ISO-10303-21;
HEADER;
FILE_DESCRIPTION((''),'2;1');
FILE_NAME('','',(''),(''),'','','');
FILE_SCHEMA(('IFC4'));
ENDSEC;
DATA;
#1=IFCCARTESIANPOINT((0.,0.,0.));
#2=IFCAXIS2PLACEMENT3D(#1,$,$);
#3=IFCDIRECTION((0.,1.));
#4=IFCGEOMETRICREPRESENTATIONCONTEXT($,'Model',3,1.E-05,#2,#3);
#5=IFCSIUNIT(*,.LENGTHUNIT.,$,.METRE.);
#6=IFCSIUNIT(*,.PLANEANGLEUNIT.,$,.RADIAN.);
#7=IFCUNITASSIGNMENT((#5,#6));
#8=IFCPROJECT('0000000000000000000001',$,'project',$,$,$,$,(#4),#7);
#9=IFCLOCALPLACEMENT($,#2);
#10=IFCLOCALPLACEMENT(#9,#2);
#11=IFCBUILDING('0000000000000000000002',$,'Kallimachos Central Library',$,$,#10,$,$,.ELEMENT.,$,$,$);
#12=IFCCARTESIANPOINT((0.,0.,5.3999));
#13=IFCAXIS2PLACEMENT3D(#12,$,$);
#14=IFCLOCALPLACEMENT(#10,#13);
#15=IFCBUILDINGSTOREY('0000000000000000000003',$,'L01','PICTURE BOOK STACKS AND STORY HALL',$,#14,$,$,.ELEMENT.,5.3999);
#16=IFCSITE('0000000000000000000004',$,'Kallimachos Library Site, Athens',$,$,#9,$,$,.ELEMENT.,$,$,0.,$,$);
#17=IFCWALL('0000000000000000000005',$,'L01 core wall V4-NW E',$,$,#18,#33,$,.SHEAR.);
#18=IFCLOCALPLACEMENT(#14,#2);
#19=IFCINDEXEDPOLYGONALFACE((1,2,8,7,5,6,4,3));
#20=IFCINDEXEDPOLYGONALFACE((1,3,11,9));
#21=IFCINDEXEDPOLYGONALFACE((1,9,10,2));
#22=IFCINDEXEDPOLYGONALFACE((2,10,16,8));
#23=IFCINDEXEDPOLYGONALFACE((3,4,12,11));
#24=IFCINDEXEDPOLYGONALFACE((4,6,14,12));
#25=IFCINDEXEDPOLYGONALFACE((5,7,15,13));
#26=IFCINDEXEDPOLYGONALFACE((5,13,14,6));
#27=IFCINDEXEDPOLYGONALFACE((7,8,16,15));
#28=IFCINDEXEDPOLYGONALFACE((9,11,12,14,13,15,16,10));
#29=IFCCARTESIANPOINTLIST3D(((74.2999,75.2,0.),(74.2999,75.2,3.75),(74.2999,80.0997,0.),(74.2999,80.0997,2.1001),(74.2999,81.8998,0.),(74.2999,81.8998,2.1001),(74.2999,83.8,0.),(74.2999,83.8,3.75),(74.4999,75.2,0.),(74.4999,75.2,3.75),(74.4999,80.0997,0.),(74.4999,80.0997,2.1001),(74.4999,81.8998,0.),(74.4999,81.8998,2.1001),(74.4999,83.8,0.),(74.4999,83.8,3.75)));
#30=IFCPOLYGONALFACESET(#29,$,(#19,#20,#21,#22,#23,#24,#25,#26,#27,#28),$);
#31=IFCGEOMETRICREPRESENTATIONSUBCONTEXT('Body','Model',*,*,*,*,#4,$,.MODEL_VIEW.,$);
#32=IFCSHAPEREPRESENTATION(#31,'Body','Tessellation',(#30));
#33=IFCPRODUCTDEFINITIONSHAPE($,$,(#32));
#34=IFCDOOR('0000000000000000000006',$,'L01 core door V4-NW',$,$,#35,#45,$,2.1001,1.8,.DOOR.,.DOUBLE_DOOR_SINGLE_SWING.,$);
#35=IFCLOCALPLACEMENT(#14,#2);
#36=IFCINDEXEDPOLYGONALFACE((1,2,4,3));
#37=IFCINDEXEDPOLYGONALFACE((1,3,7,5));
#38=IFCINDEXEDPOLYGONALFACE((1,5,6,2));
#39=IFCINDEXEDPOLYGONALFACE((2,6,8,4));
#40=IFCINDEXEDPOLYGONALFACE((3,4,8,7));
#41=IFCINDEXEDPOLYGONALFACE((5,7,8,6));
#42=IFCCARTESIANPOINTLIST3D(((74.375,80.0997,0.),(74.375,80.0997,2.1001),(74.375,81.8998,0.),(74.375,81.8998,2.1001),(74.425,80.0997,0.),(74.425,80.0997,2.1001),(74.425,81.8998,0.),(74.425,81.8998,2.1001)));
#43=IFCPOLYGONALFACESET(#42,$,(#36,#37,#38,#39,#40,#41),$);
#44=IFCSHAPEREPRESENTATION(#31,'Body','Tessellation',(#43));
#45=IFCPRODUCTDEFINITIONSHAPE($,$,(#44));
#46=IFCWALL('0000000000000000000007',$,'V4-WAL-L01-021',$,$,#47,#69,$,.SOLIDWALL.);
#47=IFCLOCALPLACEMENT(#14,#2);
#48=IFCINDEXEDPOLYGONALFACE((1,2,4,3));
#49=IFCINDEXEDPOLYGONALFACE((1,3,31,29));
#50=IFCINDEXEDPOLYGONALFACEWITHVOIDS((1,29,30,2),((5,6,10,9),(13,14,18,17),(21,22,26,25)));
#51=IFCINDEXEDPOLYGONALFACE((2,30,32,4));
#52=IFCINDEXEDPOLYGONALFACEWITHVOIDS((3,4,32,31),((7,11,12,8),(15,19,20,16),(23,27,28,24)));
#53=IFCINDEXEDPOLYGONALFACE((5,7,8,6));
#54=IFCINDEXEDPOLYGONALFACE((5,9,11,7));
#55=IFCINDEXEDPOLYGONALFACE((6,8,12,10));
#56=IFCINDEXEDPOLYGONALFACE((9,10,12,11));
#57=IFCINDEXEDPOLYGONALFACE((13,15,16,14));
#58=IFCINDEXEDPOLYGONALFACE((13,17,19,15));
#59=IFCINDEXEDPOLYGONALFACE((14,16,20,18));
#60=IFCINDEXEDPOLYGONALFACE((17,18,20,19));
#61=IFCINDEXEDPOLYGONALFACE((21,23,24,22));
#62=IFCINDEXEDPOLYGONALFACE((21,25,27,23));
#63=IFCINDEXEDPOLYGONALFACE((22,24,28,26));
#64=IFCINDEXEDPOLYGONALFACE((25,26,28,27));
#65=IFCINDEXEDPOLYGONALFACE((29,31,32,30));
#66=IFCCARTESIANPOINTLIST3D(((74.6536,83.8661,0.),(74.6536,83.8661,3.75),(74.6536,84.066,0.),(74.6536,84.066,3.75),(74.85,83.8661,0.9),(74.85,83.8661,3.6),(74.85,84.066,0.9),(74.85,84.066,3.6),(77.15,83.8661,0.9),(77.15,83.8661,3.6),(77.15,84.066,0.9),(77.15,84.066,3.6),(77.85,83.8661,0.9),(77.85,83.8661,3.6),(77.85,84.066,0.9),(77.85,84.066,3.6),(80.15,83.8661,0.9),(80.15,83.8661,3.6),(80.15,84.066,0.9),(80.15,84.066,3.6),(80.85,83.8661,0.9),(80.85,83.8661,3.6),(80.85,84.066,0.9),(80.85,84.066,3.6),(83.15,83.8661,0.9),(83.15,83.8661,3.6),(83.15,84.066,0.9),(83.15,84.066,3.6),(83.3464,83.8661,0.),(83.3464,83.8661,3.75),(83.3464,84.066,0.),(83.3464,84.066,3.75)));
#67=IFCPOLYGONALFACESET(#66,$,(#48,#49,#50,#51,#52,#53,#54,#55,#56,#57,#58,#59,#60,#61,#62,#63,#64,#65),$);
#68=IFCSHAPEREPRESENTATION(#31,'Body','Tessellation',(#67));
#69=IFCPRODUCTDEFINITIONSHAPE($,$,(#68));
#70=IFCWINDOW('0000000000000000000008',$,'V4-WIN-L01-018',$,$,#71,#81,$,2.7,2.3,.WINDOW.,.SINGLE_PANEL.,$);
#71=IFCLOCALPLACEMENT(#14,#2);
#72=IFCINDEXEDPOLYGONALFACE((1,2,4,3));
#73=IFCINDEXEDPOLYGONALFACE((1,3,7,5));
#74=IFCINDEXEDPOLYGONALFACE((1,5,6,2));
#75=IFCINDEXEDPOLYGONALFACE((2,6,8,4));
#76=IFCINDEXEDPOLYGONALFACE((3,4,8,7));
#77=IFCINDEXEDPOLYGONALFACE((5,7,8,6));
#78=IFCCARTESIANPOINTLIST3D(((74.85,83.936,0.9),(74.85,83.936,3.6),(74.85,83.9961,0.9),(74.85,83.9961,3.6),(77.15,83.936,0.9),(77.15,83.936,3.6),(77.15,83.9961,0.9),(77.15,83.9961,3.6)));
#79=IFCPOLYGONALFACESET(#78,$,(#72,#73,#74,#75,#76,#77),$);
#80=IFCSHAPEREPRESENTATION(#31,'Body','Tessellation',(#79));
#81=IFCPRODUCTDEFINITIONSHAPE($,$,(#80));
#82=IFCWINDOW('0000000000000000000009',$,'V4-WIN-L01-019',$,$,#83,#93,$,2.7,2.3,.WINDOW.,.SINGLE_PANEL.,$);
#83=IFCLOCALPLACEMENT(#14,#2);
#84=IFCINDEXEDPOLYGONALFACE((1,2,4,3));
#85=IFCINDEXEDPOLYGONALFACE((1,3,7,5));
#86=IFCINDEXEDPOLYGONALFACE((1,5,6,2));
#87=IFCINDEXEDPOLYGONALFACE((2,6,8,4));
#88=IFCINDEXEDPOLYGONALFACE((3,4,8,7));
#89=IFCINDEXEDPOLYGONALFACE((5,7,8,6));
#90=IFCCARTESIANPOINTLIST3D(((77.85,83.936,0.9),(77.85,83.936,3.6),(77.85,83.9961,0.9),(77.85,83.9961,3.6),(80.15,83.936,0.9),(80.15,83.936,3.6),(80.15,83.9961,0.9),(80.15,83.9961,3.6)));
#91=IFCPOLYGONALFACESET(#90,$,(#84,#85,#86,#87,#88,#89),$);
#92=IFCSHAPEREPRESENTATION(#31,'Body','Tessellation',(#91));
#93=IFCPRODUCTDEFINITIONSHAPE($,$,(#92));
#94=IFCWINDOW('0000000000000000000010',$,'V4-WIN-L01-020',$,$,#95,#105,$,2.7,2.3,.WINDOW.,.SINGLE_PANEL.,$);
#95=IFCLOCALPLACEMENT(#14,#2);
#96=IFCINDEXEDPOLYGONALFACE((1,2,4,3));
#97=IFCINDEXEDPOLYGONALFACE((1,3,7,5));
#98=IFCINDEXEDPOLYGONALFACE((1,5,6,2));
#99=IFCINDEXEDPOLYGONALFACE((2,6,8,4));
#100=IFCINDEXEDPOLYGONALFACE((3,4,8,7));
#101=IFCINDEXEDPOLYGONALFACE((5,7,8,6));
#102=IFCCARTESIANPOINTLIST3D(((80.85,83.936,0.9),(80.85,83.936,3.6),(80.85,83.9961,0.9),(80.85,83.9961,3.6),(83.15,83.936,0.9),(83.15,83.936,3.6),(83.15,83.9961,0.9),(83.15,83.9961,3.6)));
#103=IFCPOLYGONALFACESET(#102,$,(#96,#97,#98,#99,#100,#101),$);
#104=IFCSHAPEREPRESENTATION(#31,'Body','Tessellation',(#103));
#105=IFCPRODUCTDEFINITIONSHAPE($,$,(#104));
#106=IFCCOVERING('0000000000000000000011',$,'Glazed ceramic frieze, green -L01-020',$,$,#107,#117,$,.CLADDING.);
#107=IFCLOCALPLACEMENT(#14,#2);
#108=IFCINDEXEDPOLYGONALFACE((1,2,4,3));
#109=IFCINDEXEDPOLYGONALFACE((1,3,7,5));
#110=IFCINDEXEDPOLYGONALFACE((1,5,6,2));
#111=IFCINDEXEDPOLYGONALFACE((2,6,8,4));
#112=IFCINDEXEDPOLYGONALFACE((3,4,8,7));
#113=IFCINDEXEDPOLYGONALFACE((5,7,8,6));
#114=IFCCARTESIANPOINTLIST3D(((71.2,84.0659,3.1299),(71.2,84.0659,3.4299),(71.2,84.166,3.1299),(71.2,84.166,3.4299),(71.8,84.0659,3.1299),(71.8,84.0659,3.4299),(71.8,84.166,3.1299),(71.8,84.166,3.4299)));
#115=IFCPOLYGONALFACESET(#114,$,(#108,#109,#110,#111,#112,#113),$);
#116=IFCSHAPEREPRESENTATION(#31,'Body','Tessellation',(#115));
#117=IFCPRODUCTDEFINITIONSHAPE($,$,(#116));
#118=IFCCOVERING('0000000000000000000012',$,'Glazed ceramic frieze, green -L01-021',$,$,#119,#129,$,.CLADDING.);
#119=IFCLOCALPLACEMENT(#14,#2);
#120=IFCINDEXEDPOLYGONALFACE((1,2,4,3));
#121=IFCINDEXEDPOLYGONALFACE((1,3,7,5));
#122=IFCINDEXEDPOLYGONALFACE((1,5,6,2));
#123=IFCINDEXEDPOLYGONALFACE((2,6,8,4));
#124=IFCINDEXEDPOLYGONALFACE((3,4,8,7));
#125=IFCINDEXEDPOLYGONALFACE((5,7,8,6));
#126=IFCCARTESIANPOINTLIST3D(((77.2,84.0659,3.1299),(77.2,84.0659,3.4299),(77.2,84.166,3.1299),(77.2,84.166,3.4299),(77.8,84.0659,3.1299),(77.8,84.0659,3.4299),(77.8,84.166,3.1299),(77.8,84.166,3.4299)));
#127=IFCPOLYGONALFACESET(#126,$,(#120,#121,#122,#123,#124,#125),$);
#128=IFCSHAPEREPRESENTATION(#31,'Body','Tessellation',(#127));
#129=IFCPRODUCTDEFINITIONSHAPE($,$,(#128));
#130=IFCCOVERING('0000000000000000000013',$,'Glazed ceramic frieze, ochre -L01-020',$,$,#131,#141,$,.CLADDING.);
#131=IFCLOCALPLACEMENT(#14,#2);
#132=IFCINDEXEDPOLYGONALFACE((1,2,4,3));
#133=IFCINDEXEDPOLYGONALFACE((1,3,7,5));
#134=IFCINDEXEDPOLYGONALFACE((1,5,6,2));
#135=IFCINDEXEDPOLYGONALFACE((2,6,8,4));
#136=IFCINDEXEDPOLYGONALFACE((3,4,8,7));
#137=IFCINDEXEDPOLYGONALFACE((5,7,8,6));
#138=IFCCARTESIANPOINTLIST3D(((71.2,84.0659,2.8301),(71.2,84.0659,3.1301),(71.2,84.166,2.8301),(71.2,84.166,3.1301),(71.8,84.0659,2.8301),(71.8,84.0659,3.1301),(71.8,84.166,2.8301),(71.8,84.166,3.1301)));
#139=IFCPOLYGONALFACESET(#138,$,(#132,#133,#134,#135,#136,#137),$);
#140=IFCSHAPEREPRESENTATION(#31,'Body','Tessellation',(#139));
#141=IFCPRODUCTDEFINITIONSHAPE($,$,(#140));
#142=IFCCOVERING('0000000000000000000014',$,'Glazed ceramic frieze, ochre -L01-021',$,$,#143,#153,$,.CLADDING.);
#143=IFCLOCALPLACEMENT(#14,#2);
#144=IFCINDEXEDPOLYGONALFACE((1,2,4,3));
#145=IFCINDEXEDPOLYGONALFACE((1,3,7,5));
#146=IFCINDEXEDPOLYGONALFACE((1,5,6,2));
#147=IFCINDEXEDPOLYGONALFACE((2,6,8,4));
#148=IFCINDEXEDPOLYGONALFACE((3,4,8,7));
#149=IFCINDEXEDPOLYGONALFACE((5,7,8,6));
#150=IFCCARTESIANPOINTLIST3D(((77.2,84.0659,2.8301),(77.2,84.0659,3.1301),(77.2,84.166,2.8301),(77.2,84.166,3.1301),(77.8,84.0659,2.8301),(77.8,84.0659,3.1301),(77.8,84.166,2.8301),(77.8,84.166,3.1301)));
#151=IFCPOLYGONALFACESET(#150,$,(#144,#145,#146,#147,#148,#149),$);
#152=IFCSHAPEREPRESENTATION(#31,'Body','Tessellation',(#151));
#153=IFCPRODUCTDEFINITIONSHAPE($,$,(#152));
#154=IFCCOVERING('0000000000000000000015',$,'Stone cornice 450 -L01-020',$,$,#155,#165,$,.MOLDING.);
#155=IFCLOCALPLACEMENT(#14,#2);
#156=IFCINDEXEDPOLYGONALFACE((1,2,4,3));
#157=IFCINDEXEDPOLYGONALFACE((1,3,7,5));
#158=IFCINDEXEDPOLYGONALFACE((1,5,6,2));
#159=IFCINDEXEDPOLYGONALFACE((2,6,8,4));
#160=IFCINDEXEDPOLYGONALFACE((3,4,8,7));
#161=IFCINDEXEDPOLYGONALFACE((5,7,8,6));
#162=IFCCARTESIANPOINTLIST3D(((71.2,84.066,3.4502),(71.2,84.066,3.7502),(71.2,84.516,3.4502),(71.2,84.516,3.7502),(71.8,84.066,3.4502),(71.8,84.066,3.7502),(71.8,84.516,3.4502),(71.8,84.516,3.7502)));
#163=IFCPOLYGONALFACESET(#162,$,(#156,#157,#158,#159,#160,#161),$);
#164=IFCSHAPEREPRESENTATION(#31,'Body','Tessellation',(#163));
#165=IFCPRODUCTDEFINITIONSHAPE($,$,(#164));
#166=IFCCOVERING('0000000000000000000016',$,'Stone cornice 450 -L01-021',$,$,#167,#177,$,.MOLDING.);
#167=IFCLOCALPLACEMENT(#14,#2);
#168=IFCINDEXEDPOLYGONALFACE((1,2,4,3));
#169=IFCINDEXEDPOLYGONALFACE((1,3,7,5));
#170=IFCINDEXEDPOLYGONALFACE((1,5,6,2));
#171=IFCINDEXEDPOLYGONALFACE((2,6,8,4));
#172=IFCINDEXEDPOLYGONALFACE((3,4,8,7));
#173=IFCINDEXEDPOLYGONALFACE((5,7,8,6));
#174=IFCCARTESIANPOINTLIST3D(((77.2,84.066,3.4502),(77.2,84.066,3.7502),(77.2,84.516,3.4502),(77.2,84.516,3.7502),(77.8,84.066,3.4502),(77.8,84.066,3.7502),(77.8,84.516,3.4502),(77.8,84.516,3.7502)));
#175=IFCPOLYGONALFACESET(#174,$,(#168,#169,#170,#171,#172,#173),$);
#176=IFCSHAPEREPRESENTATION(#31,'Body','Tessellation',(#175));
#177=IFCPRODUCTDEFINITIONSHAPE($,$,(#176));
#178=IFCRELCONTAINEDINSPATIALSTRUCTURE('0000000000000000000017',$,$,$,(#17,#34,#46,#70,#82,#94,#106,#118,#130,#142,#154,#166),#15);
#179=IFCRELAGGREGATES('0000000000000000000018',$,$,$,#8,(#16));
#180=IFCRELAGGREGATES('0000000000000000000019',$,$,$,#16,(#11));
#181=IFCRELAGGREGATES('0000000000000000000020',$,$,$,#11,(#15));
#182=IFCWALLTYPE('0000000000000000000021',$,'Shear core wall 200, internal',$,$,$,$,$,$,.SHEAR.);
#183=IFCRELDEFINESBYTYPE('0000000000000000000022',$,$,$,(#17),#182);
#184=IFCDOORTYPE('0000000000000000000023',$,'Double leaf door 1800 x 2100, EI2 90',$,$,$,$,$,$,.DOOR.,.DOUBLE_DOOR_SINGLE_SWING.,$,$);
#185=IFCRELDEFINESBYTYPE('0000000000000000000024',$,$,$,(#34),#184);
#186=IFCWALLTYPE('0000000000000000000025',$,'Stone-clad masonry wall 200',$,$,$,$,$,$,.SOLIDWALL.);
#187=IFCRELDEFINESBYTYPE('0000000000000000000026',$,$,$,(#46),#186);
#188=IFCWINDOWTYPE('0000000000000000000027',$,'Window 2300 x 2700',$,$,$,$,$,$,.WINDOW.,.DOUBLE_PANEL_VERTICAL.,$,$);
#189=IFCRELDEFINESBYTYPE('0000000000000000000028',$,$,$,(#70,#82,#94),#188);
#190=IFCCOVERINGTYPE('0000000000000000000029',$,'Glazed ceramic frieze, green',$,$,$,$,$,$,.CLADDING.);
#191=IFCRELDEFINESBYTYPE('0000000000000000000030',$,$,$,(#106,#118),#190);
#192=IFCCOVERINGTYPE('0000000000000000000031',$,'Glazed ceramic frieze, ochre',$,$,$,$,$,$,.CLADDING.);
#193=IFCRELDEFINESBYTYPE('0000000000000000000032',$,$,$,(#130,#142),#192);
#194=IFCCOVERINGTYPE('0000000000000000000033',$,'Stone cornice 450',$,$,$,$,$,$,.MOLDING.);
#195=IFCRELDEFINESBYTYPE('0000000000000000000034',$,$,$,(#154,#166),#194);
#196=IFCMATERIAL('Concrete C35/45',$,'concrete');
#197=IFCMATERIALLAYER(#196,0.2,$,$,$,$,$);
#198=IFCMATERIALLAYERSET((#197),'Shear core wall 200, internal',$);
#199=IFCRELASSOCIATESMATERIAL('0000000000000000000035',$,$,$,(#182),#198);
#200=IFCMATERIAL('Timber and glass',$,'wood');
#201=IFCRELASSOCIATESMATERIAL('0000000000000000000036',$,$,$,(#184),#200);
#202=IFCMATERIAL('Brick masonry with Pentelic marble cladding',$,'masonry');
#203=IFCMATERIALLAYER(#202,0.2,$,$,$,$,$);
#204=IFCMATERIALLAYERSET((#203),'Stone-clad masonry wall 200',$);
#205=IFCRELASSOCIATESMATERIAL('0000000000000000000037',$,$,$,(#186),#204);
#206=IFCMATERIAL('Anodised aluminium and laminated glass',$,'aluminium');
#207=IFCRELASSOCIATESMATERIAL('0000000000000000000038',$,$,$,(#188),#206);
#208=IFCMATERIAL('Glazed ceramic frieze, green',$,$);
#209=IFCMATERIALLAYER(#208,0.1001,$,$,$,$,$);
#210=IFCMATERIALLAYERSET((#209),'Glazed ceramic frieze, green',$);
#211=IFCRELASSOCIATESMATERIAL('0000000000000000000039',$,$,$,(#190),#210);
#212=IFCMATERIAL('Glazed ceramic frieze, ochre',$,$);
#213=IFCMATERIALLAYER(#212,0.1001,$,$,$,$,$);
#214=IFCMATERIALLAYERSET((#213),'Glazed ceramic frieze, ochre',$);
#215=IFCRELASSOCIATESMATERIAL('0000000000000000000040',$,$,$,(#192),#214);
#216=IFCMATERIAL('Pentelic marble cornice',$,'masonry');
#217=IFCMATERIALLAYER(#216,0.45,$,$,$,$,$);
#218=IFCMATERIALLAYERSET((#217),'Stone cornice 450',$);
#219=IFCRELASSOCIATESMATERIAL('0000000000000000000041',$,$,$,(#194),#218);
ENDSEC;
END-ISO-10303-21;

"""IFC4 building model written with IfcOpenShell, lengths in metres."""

from ifc_helpers import new_model, si_unit, direction, frame, frame_2d, origin, origin_2d, place, context, subcontext, project, spatial, rectangle, extrude, material, layer, layer_set, type_object, element, fill, save


model = new_model("IFC4")

# Units and contexts
model_context = context("Model", 3, precision=1e-05, world=origin(), true_north=direction((0.0, 1.0)))
body_context = subcontext(model_context, "Body", "Model", "MODEL_VIEW")
ifc_project = project(units=[si_unit("LENGTHUNIT", "METRE"), si_unit("PLANEANGLEUNIT", "RADIAN")], contexts=[model_context])

# Site, building, storey
site_placement = place(None, origin())
site = spatial("IfcSite", under=ifc_project, at=site_placement, Name="Kallimachos Library Site, Athens", CompositionType="ELEMENT", RefElevation=0.0)
building_placement = place(site_placement, origin())
building = spatial("IfcBuilding", under=site, at=building_placement, Name="Kallimachos Central Library", CompositionType="ELEMENT")
storey_placement = place(building_placement, frame((0.0, 0.0, 5.3999)))
storey = spatial("IfcBuildingStorey", under=building, at=storey_placement, Name="L01", Description="PICTURE BOOK STACKS AND STORY HALL", CompositionType="ELEMENT", Elevation=5.3999)

# Shared definitions
ifc_material_1 = material(Name="Concrete C35/45", Category="concrete")
ifc_layer_1 = layer(ifc_material_1, 0.2)
ifc_layer_set_1 = layer_set([ifc_layer_1], Name="Shear core wall 200, internal")
wall_type_1 = type_object("IfcWallType", Name="Shear core wall 200, internal", PredefinedType="SHEAR", material=ifc_layer_set_1)

# Wall, opening, door
wall_1_placement = place(storey_placement, frame((74.3999, 75.2, 0.0), z_axis=(0.0, 0.0, 1.0), x_axis=(0.0, 1.0, 0.0)))
wall_1 = element("IfcWall", 1, at=wall_1_placement, inside=storey, type_object=wall_type_1, Name="L01 core wall V4-NW E", PredefinedType="SHEAR", context=body_context, shape_type="SweptSolid", body=[
    extrude(rectangle(XDim=8.6001, YDim=0.2, at=frame_2d((4.3, 0.0))), origin(), (0.0, 0.0, 1.0), 3.75),
])
opening_1_placement = place(wall_1_placement, frame((4.8999, 0.0, 0.0)))
opening_1 = element("IfcOpeningElement", 2, at=opening_1_placement, cuts=wall_1, PredefinedType="OPENING", context=body_context, shape_type="SweptSolid", body=[
    extrude(rectangle(XDim=1.8, YDim=2.1001, at=frame_2d((0.8999, 1.05))), frame((0.0, 0.1099, 0.0), z_axis=(0.0, -1.0, 0.0), x_axis=(1.0, 0.0, 0.0)), (0.0, 0.0, 1.0), 0.22),
])
ifc_material_2 = material(Name="Timber and glass", Category="wood")
door_type_1 = type_object("IfcDoorType", Name="Double leaf door 1800 x 2100, EI2 90", OperationType="DOUBLE_DOOR_SINGLE_SWING", PredefinedType="DOOR", material=ifc_material_2)
door_1_placement = place(opening_1_placement, origin())
door_1 = element("IfcDoor", 3, at=door_1_placement, inside=storey, type_object=door_type_1, Name="L01 core door V4-NW", OperationType="DOUBLE_DOOR_SINGLE_SWING", OverallHeight=2.1001, OverallWidth=1.8, PredefinedType="DOOR", context=body_context, shape_type="SweptSolid", body=[
    extrude(rectangle(XDim=1.8, YDim=2.1001, at=frame_2d((0.8999, 1.05))), frame((0.0, 0.0249, 0.0), z_axis=(0.0, -1.0, 0.0), x_axis=(1.0, 0.0, 0.0)), (0.0, 0.0, 1.0), 0.05),
])
fill(opening_1, door_1)

# Wall, openings, windows
ifc_material_3 = material(Name="Brick masonry with Pentelic marble cladding", Category="masonry")
ifc_layer_2 = layer(ifc_material_3, 0.2)
ifc_layer_set_2 = layer_set([ifc_layer_2], Name="Stone-clad masonry wall 200")
wall_type_2 = type_object("IfcWallType", Name="Stone-clad masonry wall 200", PredefinedType="SOLIDWALL", material=ifc_layer_set_2)
wall_2_placement = place(storey_placement, frame((74.6536, 83.9661, 0.0), z_axis=(0.0, 0.0, 1.0), x_axis=(1.0, 0.0, 0.0)))
wall_2 = element("IfcWall", 4, at=wall_2_placement, inside=storey, type_object=wall_type_2, Name="V4-WAL-L01-021", PredefinedType="SOLIDWALL", context=body_context, shape_type="SweptSolid", body=[
    extrude(rectangle(XDim=8.6929, YDim=0.2, at=frame_2d((4.3464, 0.0))), origin(), (0.0, 0.0, 1.0), 3.75),
])
opening_2_placement = place(wall_2_placement, frame((0.1965, 0.0, 0.8999)))
opening_2 = element("IfcOpeningElement", 5, at=opening_2_placement, cuts=wall_2, PredefinedType="OPENING", context=body_context, shape_type="SweptSolid", body=[
    extrude(rectangle(XDim=2.3, YDim=2.7, at=frame_2d((1.1499, 1.3501))), frame((0.0, 0.1099, 0.0), z_axis=(0.0, -1.0, 0.0), x_axis=(1.0, 0.0, 0.0)), (0.0, 0.0, 1.0), 0.22),
])
opening_3_placement = place(wall_2_placement, frame((3.1965, 0.0, 0.8999)))
opening_3 = element("IfcOpeningElement", 6, at=opening_3_placement, cuts=wall_2, PredefinedType="OPENING", context=body_context, shape_type="SweptSolid", body=[
    extrude(rectangle(XDim=2.3, YDim=2.7, at=frame_2d((1.1499, 1.3501))), frame((0.0, 0.1099, 0.0), z_axis=(0.0, -1.0, 0.0), x_axis=(1.0, 0.0, 0.0)), (0.0, 0.0, 1.0), 0.22),
])
opening_4_placement = place(wall_2_placement, frame((6.1965, 0.0, 0.8999)))
opening_4 = element("IfcOpeningElement", 7, at=opening_4_placement, cuts=wall_2, PredefinedType="OPENING", context=body_context, shape_type="SweptSolid", body=[
    extrude(rectangle(XDim=2.3, YDim=2.7, at=frame_2d((1.1499, 1.3501))), frame((0.0, 0.1099, 0.0), z_axis=(0.0, -1.0, 0.0), x_axis=(1.0, 0.0, 0.0)), (0.0, 0.0, 1.0), 0.22),
])
ifc_material_4 = material(Name="Anodised aluminium and laminated glass", Category="aluminium")
window_type = type_object("IfcWindowType", Name="Window 2300 x 2700", PartitioningType="DOUBLE_PANEL_VERTICAL", PredefinedType="WINDOW", material=ifc_material_4)
window_1_placement = place(opening_2_placement, origin())
window_1 = element("IfcWindow", 8, at=window_1_placement, inside=storey, type_object=window_type, Name="V4-WIN-L01-018", OverallHeight=2.7, OverallWidth=2.3, PartitioningType="SINGLE_PANEL", PredefinedType="WINDOW", context=body_context, shape_type="SweptSolid", body=[
    extrude(rectangle(XDim=2.3, YDim=2.7, at=frame_2d((1.1499, 1.3501))), frame((0.0, 0.03, 0.0), z_axis=(0.0, -1.0, 0.0), x_axis=(1.0, 0.0, 0.0)), (0.0, 0.0, 1.0), 0.0601),
])
fill(opening_2, window_1)
window_2_placement = place(opening_3_placement, origin())
window_2 = element("IfcWindow", 9, at=window_2_placement, inside=storey, type_object=window_type, Name="V4-WIN-L01-019", OverallHeight=2.7, OverallWidth=2.3, PartitioningType="SINGLE_PANEL", PredefinedType="WINDOW", context=body_context, shape_type="SweptSolid", body=[
    extrude(rectangle(XDim=2.3, YDim=2.7, at=frame_2d((1.1499, 1.3501))), frame((0.0, 0.03, 0.0), z_axis=(0.0, -1.0, 0.0), x_axis=(1.0, 0.0, 0.0)), (0.0, 0.0, 1.0), 0.0601),
])
fill(opening_3, window_2)
window_3_placement = place(opening_4_placement, origin())
window_3 = element("IfcWindow", 10, at=window_3_placement, inside=storey, type_object=window_type, Name="V4-WIN-L01-020", OverallHeight=2.7, OverallWidth=2.3, PartitioningType="SINGLE_PANEL", PredefinedType="WINDOW", context=body_context, shape_type="SweptSolid", body=[
    extrude(rectangle(XDim=2.3, YDim=2.7, at=frame_2d((1.1499, 1.3501))), frame((0.0, 0.03, 0.0), z_axis=(0.0, -1.0, 0.0), x_axis=(1.0, 0.0, 0.0)), (0.0, 0.0, 1.0), 0.0601),
])
fill(opening_4, window_3)

# Coverings
ifc_material_5 = material(Name="Glazed ceramic frieze, green")
ifc_layer_3 = layer(ifc_material_5, 0.1001)
ifc_layer_set_3 = layer_set([ifc_layer_3], Name="Glazed ceramic frieze, green")
covering_type_1 = type_object("IfcCoveringType", Name="Glazed ceramic frieze, green", PredefinedType="CLADDING", material=ifc_layer_set_3)
for number, where, z_axis, x_axis, name in (
    (11, (71.5, 84.116, 3.1299), (0.0, 0.0, 1.0), (1.0, 0.0, 0.0), "Glazed ceramic frieze, green -L01-020"),
    (12, (77.5, 84.116, 3.1299), (0.0, 0.0, 1.0), (1.0, 0.0, 0.0), "Glazed ceramic frieze, green -L01-021"),
):
    element("IfcCovering", number, at=place(storey_placement, frame(where, z_axis=z_axis, x_axis=x_axis)), inside=storey, type_object=covering_type_1, Name=name, PredefinedType="CLADDING", context=body_context, shape_type="SweptSolid", body=[
        extrude(rectangle(XDim=0.6001, YDim=0.1001, at=origin_2d()), origin(), (0.0, 0.0, 1.0), 0.3),
    ])
ifc_material_6 = material(Name="Glazed ceramic frieze, ochre")
ifc_layer_4 = layer(ifc_material_6, 0.1001)
ifc_layer_set_4 = layer_set([ifc_layer_4], Name="Glazed ceramic frieze, ochre")
covering_type_2 = type_object("IfcCoveringType", Name="Glazed ceramic frieze, ochre", PredefinedType="CLADDING", material=ifc_layer_set_4)
for number, where, z_axis, x_axis, name in (
    (13, (71.5, 84.116, 2.8301), (0.0, 0.0, 1.0), (1.0, 0.0, 0.0), "Glazed ceramic frieze, ochre -L01-020"),
    (14, (77.5, 84.116, 2.8301), (0.0, 0.0, 1.0), (1.0, 0.0, 0.0), "Glazed ceramic frieze, ochre -L01-021"),
):
    element("IfcCovering", number, at=place(storey_placement, frame(where, z_axis=z_axis, x_axis=x_axis)), inside=storey, type_object=covering_type_2, Name=name, PredefinedType="CLADDING", context=body_context, shape_type="SweptSolid", body=[
        extrude(rectangle(XDim=0.6001, YDim=0.1001, at=origin_2d()), origin(), (0.0, 0.0, 1.0), 0.3),
    ])
ifc_material_7 = material(Name="Pentelic marble cornice", Category="masonry")
ifc_layer_5 = layer(ifc_material_7, 0.45)
ifc_layer_set_5 = layer_set([ifc_layer_5], Name="Stone cornice 450")
covering_type_3 = type_object("IfcCoveringType", Name="Stone cornice 450", PredefinedType="MOLDING", material=ifc_layer_set_5)
for number, where, z_axis, x_axis, name in (
    (15, (71.5, 84.291, 3.4502), (0.0, 0.0, 1.0), (1.0, 0.0, 0.0), "Stone cornice 450 -L01-020"),
    (16, (77.5, 84.291, 3.4502), (0.0, 0.0, 1.0), (1.0, 0.0, 0.0), "Stone cornice 450 -L01-021"),
):
    element("IfcCovering", number, at=place(storey_placement, frame(where, z_axis=z_axis, x_axis=x_axis)), inside=storey, type_object=covering_type_3, Name=name, PredefinedType="MOLDING", context=body_context, shape_type="SweptSolid", body=[
        extrude(rectangle(XDim=0.6001, YDim=0.45, at=origin_2d()), origin(), (0.0, 0.0, 1.0), 0.3),
    ])

save(model, "model.ifc")
